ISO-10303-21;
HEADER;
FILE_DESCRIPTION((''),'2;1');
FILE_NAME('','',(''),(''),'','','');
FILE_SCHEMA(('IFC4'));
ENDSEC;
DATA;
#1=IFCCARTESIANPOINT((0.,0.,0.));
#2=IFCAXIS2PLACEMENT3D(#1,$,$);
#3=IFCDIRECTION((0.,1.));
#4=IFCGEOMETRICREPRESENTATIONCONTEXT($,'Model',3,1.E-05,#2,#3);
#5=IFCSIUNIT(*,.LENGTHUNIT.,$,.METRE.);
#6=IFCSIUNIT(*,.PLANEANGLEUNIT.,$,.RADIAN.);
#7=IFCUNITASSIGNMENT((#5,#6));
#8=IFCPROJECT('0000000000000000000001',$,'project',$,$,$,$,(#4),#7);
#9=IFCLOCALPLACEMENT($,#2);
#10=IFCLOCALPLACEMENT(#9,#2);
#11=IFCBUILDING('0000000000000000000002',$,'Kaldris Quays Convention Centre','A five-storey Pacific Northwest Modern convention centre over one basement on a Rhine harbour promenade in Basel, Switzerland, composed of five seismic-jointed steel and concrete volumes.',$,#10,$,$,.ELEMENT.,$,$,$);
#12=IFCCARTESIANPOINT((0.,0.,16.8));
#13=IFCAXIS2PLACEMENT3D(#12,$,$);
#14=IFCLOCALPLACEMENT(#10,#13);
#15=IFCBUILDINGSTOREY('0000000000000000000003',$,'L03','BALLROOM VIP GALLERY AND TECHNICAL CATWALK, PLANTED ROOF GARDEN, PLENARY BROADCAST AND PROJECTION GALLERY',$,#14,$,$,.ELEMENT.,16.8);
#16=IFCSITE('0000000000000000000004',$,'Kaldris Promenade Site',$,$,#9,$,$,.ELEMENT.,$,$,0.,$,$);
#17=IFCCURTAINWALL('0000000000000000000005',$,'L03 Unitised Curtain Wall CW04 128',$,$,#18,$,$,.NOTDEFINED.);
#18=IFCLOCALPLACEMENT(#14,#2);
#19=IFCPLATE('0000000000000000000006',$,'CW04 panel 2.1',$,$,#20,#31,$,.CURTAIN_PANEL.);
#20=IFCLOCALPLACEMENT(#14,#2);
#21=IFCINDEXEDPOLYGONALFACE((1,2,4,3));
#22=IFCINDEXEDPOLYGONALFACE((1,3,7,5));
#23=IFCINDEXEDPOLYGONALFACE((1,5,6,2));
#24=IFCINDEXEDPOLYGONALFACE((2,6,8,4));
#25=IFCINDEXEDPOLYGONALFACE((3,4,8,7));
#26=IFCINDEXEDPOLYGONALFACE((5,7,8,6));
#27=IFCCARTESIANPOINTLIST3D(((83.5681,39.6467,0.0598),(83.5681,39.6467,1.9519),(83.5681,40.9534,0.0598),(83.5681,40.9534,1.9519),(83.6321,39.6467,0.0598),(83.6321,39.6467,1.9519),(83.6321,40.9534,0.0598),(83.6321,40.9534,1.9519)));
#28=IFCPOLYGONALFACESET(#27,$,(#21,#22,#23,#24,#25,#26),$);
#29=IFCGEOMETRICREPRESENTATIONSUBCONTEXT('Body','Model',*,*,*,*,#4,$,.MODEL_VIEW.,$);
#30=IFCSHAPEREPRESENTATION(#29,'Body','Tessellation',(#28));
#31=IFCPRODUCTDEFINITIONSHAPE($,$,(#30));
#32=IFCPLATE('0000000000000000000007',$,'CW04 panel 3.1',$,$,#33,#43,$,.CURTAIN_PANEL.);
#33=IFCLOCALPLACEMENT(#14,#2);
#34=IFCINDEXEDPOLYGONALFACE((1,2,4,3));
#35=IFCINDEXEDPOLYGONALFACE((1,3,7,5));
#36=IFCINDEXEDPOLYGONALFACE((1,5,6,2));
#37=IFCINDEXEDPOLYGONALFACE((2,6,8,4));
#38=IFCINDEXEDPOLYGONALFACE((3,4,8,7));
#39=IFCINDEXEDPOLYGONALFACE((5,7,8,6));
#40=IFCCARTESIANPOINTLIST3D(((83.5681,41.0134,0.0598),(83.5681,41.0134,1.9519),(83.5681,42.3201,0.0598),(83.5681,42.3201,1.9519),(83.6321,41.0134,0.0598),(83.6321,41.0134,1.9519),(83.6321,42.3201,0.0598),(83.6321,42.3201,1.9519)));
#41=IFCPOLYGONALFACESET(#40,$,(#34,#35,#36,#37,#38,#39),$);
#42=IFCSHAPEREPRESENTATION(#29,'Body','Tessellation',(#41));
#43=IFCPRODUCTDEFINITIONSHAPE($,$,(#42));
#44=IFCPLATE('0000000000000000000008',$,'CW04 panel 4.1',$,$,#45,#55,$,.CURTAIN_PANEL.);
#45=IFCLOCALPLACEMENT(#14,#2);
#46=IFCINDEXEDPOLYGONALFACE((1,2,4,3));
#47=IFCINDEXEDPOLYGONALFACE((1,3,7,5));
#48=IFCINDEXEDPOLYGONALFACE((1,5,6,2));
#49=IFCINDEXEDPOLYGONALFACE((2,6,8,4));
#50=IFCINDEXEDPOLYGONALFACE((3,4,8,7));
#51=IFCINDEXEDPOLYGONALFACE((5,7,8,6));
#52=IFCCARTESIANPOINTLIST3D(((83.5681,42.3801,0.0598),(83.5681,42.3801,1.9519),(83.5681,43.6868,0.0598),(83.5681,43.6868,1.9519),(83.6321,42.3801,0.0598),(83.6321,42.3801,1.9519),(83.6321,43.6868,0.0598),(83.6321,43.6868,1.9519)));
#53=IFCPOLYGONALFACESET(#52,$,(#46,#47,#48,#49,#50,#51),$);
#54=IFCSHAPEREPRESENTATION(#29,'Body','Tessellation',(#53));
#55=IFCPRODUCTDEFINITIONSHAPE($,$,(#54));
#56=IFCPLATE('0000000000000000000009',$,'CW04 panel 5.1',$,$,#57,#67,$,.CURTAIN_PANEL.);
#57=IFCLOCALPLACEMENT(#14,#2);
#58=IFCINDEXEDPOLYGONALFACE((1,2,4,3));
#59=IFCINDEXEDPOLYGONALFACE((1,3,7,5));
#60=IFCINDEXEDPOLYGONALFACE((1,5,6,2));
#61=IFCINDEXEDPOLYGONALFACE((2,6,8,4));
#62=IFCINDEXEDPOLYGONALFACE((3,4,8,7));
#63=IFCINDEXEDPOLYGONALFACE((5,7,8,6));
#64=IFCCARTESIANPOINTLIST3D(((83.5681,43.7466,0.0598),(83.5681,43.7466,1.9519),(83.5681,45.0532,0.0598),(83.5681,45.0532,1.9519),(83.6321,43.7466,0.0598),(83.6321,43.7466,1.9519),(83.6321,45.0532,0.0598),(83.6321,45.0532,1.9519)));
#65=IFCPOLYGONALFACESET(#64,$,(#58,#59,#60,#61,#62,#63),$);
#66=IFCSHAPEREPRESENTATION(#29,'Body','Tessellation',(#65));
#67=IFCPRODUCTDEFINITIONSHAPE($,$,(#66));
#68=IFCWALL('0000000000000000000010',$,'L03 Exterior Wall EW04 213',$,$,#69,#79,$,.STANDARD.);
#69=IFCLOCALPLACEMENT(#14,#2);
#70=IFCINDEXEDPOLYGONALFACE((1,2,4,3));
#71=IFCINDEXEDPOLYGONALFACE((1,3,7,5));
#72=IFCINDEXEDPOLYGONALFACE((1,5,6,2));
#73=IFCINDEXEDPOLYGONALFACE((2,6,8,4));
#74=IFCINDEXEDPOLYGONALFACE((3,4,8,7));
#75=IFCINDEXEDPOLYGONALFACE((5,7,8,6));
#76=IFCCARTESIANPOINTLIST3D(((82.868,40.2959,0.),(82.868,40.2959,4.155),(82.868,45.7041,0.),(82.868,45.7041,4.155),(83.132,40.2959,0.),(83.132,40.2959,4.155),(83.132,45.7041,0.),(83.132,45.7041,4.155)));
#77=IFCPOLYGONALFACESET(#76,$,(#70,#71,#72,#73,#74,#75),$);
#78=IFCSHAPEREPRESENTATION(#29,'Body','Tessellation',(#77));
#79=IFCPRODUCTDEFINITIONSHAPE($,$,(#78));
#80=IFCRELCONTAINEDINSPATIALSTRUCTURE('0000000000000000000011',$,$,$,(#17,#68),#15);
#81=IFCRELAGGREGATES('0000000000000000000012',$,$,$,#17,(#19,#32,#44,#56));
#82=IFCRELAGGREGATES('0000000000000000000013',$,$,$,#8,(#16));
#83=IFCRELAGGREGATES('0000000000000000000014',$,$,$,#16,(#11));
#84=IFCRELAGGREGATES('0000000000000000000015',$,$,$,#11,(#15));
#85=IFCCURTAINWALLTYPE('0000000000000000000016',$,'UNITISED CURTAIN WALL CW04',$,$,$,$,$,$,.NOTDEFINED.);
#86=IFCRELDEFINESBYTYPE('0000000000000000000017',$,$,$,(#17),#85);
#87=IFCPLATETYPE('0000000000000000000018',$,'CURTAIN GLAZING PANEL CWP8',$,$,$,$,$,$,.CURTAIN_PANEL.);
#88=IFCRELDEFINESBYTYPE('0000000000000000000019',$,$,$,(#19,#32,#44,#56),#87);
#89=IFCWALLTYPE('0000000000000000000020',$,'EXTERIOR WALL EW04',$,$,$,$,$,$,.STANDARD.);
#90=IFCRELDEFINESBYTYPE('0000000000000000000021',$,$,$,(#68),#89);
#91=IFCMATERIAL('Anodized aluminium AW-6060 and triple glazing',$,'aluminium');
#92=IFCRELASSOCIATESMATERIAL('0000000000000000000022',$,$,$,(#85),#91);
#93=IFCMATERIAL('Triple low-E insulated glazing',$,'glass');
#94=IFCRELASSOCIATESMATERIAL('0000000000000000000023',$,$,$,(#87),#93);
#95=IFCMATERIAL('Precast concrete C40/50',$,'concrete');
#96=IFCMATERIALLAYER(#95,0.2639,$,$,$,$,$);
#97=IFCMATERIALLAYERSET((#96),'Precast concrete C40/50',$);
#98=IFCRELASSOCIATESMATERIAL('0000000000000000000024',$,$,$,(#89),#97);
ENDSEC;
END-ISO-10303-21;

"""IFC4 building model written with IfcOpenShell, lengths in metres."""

from ifc_helpers import new_model, si_unit, direction, frame, frame_2d, origin, origin_2d, place, context, subcontext, project, spatial, rectangle, extrude, material, layer, layer_set, type_object, element, aggregate, save


model = new_model("IFC4")

# Units and contexts
model_context = context("Model", 3, precision=1e-05, world=origin(), true_north=direction((0.0, 1.0)))
body_context = subcontext(model_context, "Body", "Model", "MODEL_VIEW")
ifc_project = project(units=[si_unit("LENGTHUNIT", "METRE"), si_unit("PLANEANGLEUNIT", "RADIAN")], contexts=[model_context])

# Site, building, storey
site_placement = place(None, origin())
site = spatial("IfcSite", under=ifc_project, at=site_placement, Name="Kaldris Promenade Site", CompositionType="ELEMENT", RefElevation=0.0)
building_placement = place(site_placement, origin())
building = spatial("IfcBuilding", under=site, at=building_placement, Name="Kaldris Quays Convention Centre", Description="A five-storey Pacific Northwest Modern convention centre over one basement on a Rhine harbour promenade in Basel, Switzerland, composed of five seismic-jointed steel and concrete volumes.", CompositionType="ELEMENT")
storey_placement = place(building_placement, frame((0.0, 0.0, 16.8)))
storey = spatial("IfcBuildingStorey", under=building, at=storey_placement, Name="L03", Description="BALLROOM VIP GALLERY AND TECHNICAL CATWALK, PLANTED ROOF GARDEN, PLENARY BROADCAST AND PROJECTION GALLERY", CompositionType="ELEMENT", Elevation=16.8)

# Curtain wall, plates
ifc_material_1 = material(Name="Anodized aluminium AW-6060 and triple glazing", Category="aluminium")
curtain_wall_type = type_object("IfcCurtainWallType", Name="UNITISED CURTAIN WALL CW04", PredefinedType="NOTDEFINED", material=ifc_material_1)
curtain_wall_placement = place(storey_placement, origin())
curtain_wall = element("IfcCurtainWall", 1, at=curtain_wall_placement, inside=storey, type_object=curtain_wall_type, Name="L03 Unitised Curtain Wall CW04 128", PredefinedType="NOTDEFINED")
ifc_material_2 = material(Name="Triple low-E insulated glazing", Category="glass")
plate_type = type_object("IfcPlateType", Name="CURTAIN GLAZING PANEL CWP8", PredefinedType="CURTAIN_PANEL", material=ifc_material_2)
plate_1_placement = place(storey_placement, frame((83.6001, 40.3, 0.0598), z_axis=(0.0, 0.0, 1.0), x_axis=(0.0, 1.0, 0.0)))
plate_1 = element("IfcPlate", 2, at=plate_1_placement, type_object=plate_type, Name="CW04 panel 2.1", PredefinedType="CURTAIN_PANEL", context=body_context, shape_type="SweptSolid", body=[
    extrude(rectangle(XDim=1.3066, YDim=0.064, at=origin_2d()), origin(), (0.0, 0.0, 1.0), 1.8921),
])
plate_2_placement = place(storey_placement, frame((83.6001, 41.6667, 0.0598), z_axis=(0.0, 0.0, 1.0), x_axis=(0.0, 1.0, 0.0)))
plate_2 = element("IfcPlate", 3, at=plate_2_placement, type_object=plate_type, Name="CW04 panel 3.1", PredefinedType="CURTAIN_PANEL", context=body_context, shape_type="SweptSolid", body=[
    extrude(rectangle(XDim=1.3066, YDim=0.064, at=origin_2d()), origin(), (0.0, 0.0, 1.0), 1.8921),
])
plate_3_placement = place(storey_placement, frame((83.6001, 43.0334, 0.0598), z_axis=(0.0, 0.0, 1.0), x_axis=(0.0, 1.0, 0.0)))
plate_3 = element("IfcPlate", 4, at=plate_3_placement, type_object=plate_type, Name="CW04 panel 4.1", PredefinedType="CURTAIN_PANEL", context=body_context, shape_type="SweptSolid", body=[
    extrude(rectangle(XDim=1.3066, YDim=0.064, at=origin_2d()), origin(), (0.0, 0.0, 1.0), 1.8921),
])
plate_4_placement = place(storey_placement, frame((83.6001, 44.3999, 0.0598), z_axis=(0.0, 0.0, 1.0), x_axis=(0.0, 1.0, 0.0)))
plate_4 = element("IfcPlate", 5, at=plate_4_placement, type_object=plate_type, Name="CW04 panel 5.1", PredefinedType="CURTAIN_PANEL", context=body_context, shape_type="SweptSolid", body=[
    extrude(rectangle(XDim=1.3066, YDim=0.064, at=origin_2d()), origin(), (0.0, 0.0, 1.0), 1.8921),
])
aggregate(curtain_wall, [plate_1, plate_2, plate_3, plate_4])

# Wall
ifc_material_3 = material(Name="Precast concrete C40/50", Category="concrete")
ifc_layer = layer(ifc_material_3, 0.2639)
ifc_layer_set = layer_set([ifc_layer], Name="Precast concrete C40/50")
wall_type = type_object("IfcWallType", Name="EXTERIOR WALL EW04", PredefinedType="STANDARD", material=ifc_layer_set)
wall_placement = place(storey_placement, frame((83.0, 40.2959, 0.0), z_axis=(0.0, 0.0, 1.0), x_axis=(0.0, 1.0, 0.0)))
element("IfcWall", 6, at=wall_placement, inside=storey, type_object=wall_type, Name="L03 Exterior Wall EW04 213", PredefinedType="STANDARD", context=body_context, shape_type="SweptSolid", body=[
    extrude(rectangle(XDim=5.4082, YDim=0.2639, at=frame_2d((2.7041, 0.0))), origin(), (0.0, 0.0, 1.0), 4.155),
])

save(model, "model.ifc")
